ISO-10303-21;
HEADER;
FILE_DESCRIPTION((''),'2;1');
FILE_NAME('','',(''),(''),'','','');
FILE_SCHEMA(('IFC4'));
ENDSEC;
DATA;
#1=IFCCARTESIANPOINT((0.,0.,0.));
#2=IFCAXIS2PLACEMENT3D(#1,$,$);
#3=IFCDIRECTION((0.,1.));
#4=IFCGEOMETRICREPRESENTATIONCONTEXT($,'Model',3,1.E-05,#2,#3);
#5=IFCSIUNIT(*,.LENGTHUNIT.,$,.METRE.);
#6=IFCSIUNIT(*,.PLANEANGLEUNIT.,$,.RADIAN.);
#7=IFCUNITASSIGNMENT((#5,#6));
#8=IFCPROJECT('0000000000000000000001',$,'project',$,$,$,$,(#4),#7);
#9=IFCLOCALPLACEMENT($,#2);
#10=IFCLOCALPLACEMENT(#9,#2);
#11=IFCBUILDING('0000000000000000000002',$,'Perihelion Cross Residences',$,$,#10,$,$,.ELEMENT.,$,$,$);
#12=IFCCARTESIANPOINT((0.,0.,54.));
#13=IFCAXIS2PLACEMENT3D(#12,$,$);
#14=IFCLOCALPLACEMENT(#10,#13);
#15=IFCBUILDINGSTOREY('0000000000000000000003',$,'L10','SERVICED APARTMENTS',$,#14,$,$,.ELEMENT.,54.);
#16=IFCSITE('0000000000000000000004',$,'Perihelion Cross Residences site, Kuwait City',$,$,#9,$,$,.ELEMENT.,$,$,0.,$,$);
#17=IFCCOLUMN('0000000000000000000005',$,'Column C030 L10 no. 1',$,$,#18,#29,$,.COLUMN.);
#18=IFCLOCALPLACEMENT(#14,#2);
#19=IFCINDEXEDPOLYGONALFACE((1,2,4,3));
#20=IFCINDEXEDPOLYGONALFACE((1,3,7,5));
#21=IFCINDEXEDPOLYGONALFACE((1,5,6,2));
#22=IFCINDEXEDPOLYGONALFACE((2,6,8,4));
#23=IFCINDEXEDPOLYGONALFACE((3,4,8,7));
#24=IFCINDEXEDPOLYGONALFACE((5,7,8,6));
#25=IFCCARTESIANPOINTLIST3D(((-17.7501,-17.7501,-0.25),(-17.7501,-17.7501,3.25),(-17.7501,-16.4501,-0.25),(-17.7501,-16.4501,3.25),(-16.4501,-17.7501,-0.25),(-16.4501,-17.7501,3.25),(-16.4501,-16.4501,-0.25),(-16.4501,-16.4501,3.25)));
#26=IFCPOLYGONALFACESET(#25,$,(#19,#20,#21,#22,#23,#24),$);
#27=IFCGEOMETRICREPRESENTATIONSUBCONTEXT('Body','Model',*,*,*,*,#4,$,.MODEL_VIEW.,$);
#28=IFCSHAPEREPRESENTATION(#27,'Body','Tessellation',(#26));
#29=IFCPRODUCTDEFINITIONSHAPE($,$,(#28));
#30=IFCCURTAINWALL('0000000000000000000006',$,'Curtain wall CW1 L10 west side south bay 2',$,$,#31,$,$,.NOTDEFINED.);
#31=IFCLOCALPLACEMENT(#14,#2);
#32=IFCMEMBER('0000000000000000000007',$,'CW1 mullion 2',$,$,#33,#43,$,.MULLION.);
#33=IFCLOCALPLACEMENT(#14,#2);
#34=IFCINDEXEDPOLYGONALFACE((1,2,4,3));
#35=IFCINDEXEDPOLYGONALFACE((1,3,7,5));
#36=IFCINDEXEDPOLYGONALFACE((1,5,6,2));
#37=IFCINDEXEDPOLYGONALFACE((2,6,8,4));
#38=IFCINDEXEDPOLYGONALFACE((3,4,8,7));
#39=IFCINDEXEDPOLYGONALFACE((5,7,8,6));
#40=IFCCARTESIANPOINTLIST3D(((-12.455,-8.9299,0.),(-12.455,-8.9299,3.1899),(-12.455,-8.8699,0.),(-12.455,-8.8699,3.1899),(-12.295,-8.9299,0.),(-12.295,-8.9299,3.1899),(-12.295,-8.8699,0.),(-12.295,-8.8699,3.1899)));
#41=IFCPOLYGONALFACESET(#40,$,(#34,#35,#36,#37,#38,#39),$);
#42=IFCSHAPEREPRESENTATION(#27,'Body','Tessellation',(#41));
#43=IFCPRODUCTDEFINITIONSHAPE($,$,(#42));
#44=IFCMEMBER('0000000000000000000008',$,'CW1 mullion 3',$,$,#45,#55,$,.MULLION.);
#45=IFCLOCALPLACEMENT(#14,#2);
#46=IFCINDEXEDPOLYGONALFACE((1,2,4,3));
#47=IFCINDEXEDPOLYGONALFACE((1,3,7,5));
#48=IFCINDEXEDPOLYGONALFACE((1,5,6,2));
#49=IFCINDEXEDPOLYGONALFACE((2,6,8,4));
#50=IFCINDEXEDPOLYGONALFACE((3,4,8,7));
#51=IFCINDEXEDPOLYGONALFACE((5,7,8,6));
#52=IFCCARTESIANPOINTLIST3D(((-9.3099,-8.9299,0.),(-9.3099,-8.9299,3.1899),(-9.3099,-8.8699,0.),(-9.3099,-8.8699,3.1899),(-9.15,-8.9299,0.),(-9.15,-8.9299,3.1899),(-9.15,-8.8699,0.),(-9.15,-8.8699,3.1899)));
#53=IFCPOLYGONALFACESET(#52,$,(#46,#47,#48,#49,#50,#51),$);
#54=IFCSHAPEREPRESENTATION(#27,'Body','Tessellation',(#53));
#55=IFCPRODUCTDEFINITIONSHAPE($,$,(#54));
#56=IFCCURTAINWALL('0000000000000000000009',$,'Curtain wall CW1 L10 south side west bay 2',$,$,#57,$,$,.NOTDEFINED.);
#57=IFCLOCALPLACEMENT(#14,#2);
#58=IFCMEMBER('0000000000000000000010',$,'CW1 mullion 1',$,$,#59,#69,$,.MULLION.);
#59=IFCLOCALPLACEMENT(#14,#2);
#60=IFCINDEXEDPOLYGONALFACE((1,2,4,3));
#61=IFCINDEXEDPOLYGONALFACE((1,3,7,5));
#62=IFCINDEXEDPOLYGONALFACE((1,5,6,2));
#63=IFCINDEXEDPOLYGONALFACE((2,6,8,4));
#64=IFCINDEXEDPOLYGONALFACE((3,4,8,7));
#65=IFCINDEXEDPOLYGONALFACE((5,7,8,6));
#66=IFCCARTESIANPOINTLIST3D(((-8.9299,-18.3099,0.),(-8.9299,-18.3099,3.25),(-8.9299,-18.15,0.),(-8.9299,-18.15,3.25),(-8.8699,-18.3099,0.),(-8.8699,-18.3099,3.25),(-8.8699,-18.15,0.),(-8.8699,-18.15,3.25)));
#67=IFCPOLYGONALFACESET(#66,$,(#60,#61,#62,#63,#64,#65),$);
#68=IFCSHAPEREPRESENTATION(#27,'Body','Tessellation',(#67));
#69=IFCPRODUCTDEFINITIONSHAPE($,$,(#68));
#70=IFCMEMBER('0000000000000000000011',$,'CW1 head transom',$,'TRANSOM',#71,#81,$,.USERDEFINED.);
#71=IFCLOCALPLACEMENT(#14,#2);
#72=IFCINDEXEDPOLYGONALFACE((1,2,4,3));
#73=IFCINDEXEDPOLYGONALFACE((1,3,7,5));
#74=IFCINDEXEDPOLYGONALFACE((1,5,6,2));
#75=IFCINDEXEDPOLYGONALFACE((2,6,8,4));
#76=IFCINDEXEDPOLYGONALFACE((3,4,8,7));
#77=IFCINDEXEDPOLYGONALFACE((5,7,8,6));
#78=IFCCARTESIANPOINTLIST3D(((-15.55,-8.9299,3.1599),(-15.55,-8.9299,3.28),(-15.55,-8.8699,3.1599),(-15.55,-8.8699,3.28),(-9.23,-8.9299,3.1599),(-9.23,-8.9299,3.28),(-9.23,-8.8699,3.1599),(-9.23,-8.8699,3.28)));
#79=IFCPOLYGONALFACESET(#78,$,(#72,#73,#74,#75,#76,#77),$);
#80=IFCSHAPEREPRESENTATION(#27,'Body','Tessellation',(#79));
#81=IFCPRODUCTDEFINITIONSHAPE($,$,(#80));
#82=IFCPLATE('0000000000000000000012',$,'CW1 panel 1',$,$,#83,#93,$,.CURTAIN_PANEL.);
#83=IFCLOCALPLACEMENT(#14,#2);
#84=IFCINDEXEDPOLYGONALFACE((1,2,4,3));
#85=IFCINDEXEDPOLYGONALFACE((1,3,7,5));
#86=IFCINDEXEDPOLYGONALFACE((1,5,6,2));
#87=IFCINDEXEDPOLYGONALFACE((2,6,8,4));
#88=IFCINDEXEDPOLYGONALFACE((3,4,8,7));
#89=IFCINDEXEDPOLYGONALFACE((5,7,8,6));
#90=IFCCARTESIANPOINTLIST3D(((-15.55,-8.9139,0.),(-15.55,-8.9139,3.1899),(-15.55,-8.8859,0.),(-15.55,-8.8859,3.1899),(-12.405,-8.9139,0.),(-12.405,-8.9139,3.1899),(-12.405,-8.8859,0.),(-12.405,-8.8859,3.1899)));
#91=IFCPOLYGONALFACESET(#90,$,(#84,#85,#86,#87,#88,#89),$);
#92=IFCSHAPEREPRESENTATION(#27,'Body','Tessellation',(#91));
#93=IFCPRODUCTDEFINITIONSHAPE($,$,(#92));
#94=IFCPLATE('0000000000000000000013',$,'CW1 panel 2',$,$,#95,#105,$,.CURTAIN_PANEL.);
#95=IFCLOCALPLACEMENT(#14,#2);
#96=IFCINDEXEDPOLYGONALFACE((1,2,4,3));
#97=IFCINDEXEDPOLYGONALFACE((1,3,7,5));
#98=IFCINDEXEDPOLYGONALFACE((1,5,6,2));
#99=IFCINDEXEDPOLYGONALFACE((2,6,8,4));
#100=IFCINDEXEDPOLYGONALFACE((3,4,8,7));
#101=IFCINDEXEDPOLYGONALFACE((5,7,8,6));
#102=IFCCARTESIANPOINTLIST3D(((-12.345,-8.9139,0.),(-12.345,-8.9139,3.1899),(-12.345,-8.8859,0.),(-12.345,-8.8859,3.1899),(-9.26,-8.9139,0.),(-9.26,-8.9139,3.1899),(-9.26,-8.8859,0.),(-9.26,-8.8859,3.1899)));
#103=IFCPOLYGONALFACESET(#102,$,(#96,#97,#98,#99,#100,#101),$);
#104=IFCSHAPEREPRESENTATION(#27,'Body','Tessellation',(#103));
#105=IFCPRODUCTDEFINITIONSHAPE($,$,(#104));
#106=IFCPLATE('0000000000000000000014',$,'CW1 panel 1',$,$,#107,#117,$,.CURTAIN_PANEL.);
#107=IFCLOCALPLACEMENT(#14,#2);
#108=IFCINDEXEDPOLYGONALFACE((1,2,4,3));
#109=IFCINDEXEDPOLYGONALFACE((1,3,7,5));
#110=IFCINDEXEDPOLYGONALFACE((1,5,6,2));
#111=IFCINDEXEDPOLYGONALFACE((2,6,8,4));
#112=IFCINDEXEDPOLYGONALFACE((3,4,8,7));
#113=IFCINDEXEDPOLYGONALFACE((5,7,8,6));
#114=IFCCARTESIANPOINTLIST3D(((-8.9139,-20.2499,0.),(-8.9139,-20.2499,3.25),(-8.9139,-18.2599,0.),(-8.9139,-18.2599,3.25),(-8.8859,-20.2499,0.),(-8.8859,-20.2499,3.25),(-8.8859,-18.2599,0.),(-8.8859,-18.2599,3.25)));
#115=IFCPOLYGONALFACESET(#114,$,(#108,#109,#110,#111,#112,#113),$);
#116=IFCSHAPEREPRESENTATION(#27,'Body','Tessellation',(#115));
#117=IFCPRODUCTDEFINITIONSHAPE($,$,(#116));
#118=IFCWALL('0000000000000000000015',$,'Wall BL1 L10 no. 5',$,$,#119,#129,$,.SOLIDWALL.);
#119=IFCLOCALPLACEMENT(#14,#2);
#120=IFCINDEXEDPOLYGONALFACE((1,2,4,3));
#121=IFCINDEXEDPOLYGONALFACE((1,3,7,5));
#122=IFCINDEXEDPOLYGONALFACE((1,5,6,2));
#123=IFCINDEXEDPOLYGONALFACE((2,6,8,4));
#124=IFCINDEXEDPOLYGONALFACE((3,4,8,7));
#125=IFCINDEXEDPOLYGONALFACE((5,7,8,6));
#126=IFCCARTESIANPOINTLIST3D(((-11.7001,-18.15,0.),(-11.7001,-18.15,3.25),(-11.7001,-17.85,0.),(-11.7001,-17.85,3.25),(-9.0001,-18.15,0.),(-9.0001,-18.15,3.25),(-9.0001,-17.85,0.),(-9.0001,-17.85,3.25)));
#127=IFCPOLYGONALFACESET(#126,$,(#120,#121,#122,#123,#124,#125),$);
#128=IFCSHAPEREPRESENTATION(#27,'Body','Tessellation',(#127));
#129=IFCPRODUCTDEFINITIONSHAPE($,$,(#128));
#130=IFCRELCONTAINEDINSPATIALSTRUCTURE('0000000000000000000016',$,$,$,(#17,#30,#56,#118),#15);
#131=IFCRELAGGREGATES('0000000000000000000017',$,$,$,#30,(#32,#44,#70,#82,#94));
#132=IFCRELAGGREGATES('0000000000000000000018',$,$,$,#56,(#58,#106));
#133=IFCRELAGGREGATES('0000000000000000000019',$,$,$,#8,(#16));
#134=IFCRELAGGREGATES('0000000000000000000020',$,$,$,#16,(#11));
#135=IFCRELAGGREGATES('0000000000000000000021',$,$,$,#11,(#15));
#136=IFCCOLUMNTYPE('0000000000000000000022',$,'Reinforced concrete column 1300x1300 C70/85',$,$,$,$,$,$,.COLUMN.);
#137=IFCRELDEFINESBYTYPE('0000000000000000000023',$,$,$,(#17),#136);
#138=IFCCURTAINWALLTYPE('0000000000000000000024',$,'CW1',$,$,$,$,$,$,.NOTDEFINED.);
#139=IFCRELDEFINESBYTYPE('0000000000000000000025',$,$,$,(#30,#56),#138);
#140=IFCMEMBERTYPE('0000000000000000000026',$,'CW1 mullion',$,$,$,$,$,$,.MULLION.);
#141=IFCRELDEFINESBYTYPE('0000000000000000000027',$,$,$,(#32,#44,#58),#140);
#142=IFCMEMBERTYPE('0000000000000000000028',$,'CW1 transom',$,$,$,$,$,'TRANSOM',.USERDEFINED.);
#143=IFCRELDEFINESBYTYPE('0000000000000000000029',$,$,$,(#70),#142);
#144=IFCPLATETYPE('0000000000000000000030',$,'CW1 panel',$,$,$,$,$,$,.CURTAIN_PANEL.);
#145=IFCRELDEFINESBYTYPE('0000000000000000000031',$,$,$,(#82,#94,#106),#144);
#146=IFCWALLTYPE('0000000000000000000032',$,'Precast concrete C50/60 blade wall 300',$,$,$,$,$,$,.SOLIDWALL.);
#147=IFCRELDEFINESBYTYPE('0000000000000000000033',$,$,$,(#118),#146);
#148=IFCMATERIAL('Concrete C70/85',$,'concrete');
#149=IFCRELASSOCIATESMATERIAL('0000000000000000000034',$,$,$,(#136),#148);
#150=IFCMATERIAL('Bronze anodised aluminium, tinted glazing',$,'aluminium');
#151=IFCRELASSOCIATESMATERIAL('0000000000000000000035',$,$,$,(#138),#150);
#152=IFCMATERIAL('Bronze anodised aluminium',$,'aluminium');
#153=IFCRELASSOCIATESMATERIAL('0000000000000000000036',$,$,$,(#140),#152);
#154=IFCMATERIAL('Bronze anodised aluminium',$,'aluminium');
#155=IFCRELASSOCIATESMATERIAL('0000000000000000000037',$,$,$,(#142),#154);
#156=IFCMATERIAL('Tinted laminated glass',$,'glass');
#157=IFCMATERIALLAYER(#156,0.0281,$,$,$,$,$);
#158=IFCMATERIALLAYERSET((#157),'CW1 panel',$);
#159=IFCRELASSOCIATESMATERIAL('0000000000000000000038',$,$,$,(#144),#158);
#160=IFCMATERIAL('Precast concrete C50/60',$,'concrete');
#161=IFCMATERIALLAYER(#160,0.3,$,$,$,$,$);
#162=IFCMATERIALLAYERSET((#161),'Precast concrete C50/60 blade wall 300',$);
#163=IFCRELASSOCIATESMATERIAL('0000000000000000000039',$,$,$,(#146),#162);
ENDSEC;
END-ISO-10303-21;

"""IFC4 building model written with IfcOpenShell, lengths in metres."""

from ifc_helpers import new_model, si_unit, direction, frame, frame_2d, origin, origin_2d, place, context, subcontext, project, spatial, rectangle, extrude, material, layer, layer_set, material_profile, profile_set, type_object, element, aggregate, save


model = new_model("IFC4")

# Units and contexts
model_context = context("Model", 3, precision=1e-05, world=origin(), true_north=direction((0.0, 1.0)))
body_context = subcontext(model_context, "Body", "Model", "MODEL_VIEW")
ifc_project = project(units=[si_unit("LENGTHUNIT", "METRE"), si_unit("PLANEANGLEUNIT", "RADIAN")], contexts=[model_context])

# Site, building, storey
site_placement = place(None, origin())
site = spatial("IfcSite", under=ifc_project, at=site_placement, Name="Perihelion Cross Residences site, Kuwait City", CompositionType="ELEMENT", RefElevation=0.0)
building_placement = place(site_placement, origin())
building = spatial("IfcBuilding", under=site, at=building_placement, Name="Perihelion Cross Residences", CompositionType="ELEMENT")
storey_placement = place(building_placement, frame((0.0, 0.0, 54.0)))
storey = spatial("IfcBuildingStorey", under=building, at=storey_placement, Name="L10", Description="SERVICED APARTMENTS", CompositionType="ELEMENT", Elevation=54.0)

# Column
ifc_material_1 = material(Name="Concrete C70/85", Category="concrete")
ifc_material_profile_1 = material_profile(ifc_material_1, rectangle(XDim=1.3, YDim=1.3, at=origin_2d()), Name="RC 1300x1300")
ifc_profile_set_1 = profile_set([ifc_material_profile_1], Name="Concrete C70/85")
column_type = type_object("IfcColumnType", Name="Reinforced concrete column 1300x1300 C70/85", PredefinedType="COLUMN", material=ifc_profile_set_1)
column_placement = place(storey_placement, frame((-17.1001, -17.1001, -0.25), z_axis=(0.0, 0.0, 1.0), x_axis=(1.0, 0.0, 0.0)))
element("IfcColumn", 1, at=column_placement, inside=storey, type_object=column_type, Name="Column C030 L10 no. 1", PredefinedType="COLUMN", context=body_context, shape_type="SweptSolid", body=[
    extrude(rectangle(XDim=1.3, YDim=1.3, at=origin_2d()), origin(), (0.0, 0.0, 1.0), 3.5),
])

# Curtain wall, members
ifc_material_2 = material(Name="Bronze anodised aluminium, tinted glazing", Category="aluminium")
curtain_wall_type = type_object("IfcCurtainWallType", Name="CW1", PredefinedType="NOTDEFINED", material=ifc_material_2)
curtain_wall_1_placement = place(storey_placement, origin())
curtain_wall_1 = element("IfcCurtainWall", 2, at=curtain_wall_1_placement, inside=storey, type_object=curtain_wall_type, Name="Curtain wall CW1 L10 west side south bay 2", PredefinedType="NOTDEFINED")
ifc_material_3 = material(Name="Bronze anodised aluminium", Category="aluminium")
ifc_material_profile_2 = material_profile(ifc_material_3, rectangle(XDim=0.0601, YDim=0.1599, at=origin_2d()), Name="CW1 mullion")
ifc_profile_set_2 = profile_set([ifc_material_profile_2], Name="Bronze anodised aluminium")
member_type_1 = type_object("IfcMemberType", Name="CW1 mullion", PredefinedType="MULLION", material=ifc_profile_set_2)
member_1_placement = place(storey_placement, frame((-12.375, -8.8999, 0.0), z_axis=(0.0, 0.0, 1.0), x_axis=(0.0, 1.0, 0.0)))
member_1 = element("IfcMember", 3, at=member_1_placement, type_object=member_type_1, Name="CW1 mullion 2", PredefinedType="MULLION", context=body_context, shape_type="SweptSolid", body=[
    extrude(rectangle(XDim=0.0601, YDim=0.1599, at=origin_2d()), origin(), (0.0, 0.0, 1.0), 3.1899),
])
member_2_placement = place(storey_placement, frame((-9.23, -8.8999, 0.0), z_axis=(0.0, 0.0, 1.0), x_axis=(0.0, 1.0, 0.0)))
member_2 = element("IfcMember", 4, at=member_2_placement, type_object=member_type_1, Name="CW1 mullion 3", PredefinedType="MULLION", context=body_context, shape_type="SweptSolid", body=[
    extrude(rectangle(XDim=0.0601, YDim=0.1599, at=origin_2d()), origin(), (0.0, 0.0, 1.0), 3.1899),
])

# Curtain wall, member
curtain_wall_2_placement = place(storey_placement, origin())
curtain_wall_2 = element("IfcCurtainWall", 5, at=curtain_wall_2_placement, inside=storey, type_object=curtain_wall_type, Name="Curtain wall CW1 L10 south side west bay 2", PredefinedType="NOTDEFINED")
member_3_placement = place(storey_placement, frame((-8.8999, -18.23, 0.0), z_axis=(0.0, 0.0, 1.0), x_axis=(1.0, 0.0, 0.0)))
member_3 = element("IfcMember", 6, at=member_3_placement, type_object=member_type_1, Name="CW1 mullion 1", PredefinedType="MULLION", context=body_context, shape_type="SweptSolid", body=[
    extrude(rectangle(XDim=0.0601, YDim=0.1599, at=origin_2d()), origin(), (0.0, 0.0, 1.0), 3.25),
])

# Member
ifc_material_4 = material(Name="Bronze anodised aluminium", Category="aluminium")
ifc_material_profile_3 = material_profile(ifc_material_4, rectangle(XDim=0.0601, YDim=0.1201, at=origin_2d()), Name="CW1 transom")
ifc_profile_set_3 = profile_set([ifc_material_profile_3], Name="Bronze anodised aluminium")
member_type_2 = type_object("IfcMemberType", Name="CW1 transom", ElementType="TRANSOM", PredefinedType="USERDEFINED", material=ifc_profile_set_3)
member_4_placement = place(storey_placement, frame((-15.55, -8.8999, 3.22), z_axis=(1.0, 0.0, 0.0), x_axis=(0.0, 1.0, 0.0)))
member_4 = element("IfcMember", 7, at=member_4_placement, type_object=member_type_2, Name="CW1 head transom", ObjectType="TRANSOM", PredefinedType="USERDEFINED", context=body_context, shape_type="SweptSolid", body=[
    extrude(rectangle(XDim=0.0601, YDim=0.1201, at=origin_2d()), origin(), (0.0, 0.0, 1.0), 6.3201),
])

# Plates
ifc_material_5 = material(Name="Tinted laminated glass", Category="glass")
ifc_layer_1 = layer(ifc_material_5, 0.0281)
ifc_layer_set_1 = layer_set([ifc_layer_1], Name="CW1 panel")
plate_type = type_object("IfcPlateType", Name="CW1 panel", PredefinedType="CURTAIN_PANEL", material=ifc_layer_set_1)
plate_1_placement = place(storey_placement, frame((-13.9775, -8.8999, 0.0), z_axis=(0.0, 0.0, 1.0), x_axis=(1.0, 0.0, 0.0)))
plate_1 = element("IfcPlate", 8, at=plate_1_placement, type_object=plate_type, Name="CW1 panel 1", PredefinedType="CURTAIN_PANEL", context=body_context, shape_type="SweptSolid", body=[
    extrude(rectangle(XDim=3.145, YDim=0.0281, at=origin_2d()), origin(), (0.0, 0.0, 1.0), 3.1899),
])
plate_2_placement = place(storey_placement, frame((-10.8025, -8.8999, 0.0), z_axis=(0.0, 0.0, 1.0), x_axis=(1.0, 0.0, 0.0)))
plate_2 = element("IfcPlate", 9, at=plate_2_placement, type_object=plate_type, Name="CW1 panel 2", PredefinedType="CURTAIN_PANEL", context=body_context, shape_type="SweptSolid", body=[
    extrude(rectangle(XDim=3.085, YDim=0.0281, at=origin_2d()), origin(), (0.0, 0.0, 1.0), 3.1899),
])
aggregate(curtain_wall_1, [member_1, member_2, member_4, plate_1, plate_2])
plate_3_placement = place(storey_placement, frame((-8.8999, -19.2549, 0.0), z_axis=(0.0, 0.0, 1.0), x_axis=(0.0, -1.0, 0.0)))
plate_3 = element("IfcPlate", 10, at=plate_3_placement, type_object=plate_type, Name="CW1 panel 1", PredefinedType="CURTAIN_PANEL", context=body_context, shape_type="SweptSolid", body=[
    extrude(rectangle(XDim=1.99, YDim=0.0281, at=origin_2d()), origin(), (0.0, 0.0, 1.0), 3.25),
])
aggregate(curtain_wall_2, [member_3, plate_3])

# Wall
ifc_material_6 = material(Name="Precast concrete C50/60", Category="concrete")
ifc_layer_2 = layer(ifc_material_6, 0.3)
ifc_layer_set_2 = layer_set([ifc_layer_2], Name="Precast concrete C50/60 blade wall 300")
wall_type = type_object("IfcWallType", Name="Precast concrete C50/60 blade wall 300", PredefinedType="SOLIDWALL", material=ifc_layer_set_2)
wall_placement = place(storey_placement, frame((-9.0, -18.0, 0.0), z_axis=(0.0, 0.0, 1.0), x_axis=(-1.0, 0.0, 0.0)))
element("IfcWall", 11, at=wall_placement, inside=storey, type_object=wall_type, Name="Wall BL1 L10 no. 5", PredefinedType="SOLIDWALL", context=body_context, shape_type="SweptSolid", body=[
    extrude(rectangle(XDim=2.7, YDim=0.3, at=frame_2d((1.3501, 0.0))), origin(), (0.0, 0.0, 1.0), 3.25),
])

save(model, "model.ifc")
